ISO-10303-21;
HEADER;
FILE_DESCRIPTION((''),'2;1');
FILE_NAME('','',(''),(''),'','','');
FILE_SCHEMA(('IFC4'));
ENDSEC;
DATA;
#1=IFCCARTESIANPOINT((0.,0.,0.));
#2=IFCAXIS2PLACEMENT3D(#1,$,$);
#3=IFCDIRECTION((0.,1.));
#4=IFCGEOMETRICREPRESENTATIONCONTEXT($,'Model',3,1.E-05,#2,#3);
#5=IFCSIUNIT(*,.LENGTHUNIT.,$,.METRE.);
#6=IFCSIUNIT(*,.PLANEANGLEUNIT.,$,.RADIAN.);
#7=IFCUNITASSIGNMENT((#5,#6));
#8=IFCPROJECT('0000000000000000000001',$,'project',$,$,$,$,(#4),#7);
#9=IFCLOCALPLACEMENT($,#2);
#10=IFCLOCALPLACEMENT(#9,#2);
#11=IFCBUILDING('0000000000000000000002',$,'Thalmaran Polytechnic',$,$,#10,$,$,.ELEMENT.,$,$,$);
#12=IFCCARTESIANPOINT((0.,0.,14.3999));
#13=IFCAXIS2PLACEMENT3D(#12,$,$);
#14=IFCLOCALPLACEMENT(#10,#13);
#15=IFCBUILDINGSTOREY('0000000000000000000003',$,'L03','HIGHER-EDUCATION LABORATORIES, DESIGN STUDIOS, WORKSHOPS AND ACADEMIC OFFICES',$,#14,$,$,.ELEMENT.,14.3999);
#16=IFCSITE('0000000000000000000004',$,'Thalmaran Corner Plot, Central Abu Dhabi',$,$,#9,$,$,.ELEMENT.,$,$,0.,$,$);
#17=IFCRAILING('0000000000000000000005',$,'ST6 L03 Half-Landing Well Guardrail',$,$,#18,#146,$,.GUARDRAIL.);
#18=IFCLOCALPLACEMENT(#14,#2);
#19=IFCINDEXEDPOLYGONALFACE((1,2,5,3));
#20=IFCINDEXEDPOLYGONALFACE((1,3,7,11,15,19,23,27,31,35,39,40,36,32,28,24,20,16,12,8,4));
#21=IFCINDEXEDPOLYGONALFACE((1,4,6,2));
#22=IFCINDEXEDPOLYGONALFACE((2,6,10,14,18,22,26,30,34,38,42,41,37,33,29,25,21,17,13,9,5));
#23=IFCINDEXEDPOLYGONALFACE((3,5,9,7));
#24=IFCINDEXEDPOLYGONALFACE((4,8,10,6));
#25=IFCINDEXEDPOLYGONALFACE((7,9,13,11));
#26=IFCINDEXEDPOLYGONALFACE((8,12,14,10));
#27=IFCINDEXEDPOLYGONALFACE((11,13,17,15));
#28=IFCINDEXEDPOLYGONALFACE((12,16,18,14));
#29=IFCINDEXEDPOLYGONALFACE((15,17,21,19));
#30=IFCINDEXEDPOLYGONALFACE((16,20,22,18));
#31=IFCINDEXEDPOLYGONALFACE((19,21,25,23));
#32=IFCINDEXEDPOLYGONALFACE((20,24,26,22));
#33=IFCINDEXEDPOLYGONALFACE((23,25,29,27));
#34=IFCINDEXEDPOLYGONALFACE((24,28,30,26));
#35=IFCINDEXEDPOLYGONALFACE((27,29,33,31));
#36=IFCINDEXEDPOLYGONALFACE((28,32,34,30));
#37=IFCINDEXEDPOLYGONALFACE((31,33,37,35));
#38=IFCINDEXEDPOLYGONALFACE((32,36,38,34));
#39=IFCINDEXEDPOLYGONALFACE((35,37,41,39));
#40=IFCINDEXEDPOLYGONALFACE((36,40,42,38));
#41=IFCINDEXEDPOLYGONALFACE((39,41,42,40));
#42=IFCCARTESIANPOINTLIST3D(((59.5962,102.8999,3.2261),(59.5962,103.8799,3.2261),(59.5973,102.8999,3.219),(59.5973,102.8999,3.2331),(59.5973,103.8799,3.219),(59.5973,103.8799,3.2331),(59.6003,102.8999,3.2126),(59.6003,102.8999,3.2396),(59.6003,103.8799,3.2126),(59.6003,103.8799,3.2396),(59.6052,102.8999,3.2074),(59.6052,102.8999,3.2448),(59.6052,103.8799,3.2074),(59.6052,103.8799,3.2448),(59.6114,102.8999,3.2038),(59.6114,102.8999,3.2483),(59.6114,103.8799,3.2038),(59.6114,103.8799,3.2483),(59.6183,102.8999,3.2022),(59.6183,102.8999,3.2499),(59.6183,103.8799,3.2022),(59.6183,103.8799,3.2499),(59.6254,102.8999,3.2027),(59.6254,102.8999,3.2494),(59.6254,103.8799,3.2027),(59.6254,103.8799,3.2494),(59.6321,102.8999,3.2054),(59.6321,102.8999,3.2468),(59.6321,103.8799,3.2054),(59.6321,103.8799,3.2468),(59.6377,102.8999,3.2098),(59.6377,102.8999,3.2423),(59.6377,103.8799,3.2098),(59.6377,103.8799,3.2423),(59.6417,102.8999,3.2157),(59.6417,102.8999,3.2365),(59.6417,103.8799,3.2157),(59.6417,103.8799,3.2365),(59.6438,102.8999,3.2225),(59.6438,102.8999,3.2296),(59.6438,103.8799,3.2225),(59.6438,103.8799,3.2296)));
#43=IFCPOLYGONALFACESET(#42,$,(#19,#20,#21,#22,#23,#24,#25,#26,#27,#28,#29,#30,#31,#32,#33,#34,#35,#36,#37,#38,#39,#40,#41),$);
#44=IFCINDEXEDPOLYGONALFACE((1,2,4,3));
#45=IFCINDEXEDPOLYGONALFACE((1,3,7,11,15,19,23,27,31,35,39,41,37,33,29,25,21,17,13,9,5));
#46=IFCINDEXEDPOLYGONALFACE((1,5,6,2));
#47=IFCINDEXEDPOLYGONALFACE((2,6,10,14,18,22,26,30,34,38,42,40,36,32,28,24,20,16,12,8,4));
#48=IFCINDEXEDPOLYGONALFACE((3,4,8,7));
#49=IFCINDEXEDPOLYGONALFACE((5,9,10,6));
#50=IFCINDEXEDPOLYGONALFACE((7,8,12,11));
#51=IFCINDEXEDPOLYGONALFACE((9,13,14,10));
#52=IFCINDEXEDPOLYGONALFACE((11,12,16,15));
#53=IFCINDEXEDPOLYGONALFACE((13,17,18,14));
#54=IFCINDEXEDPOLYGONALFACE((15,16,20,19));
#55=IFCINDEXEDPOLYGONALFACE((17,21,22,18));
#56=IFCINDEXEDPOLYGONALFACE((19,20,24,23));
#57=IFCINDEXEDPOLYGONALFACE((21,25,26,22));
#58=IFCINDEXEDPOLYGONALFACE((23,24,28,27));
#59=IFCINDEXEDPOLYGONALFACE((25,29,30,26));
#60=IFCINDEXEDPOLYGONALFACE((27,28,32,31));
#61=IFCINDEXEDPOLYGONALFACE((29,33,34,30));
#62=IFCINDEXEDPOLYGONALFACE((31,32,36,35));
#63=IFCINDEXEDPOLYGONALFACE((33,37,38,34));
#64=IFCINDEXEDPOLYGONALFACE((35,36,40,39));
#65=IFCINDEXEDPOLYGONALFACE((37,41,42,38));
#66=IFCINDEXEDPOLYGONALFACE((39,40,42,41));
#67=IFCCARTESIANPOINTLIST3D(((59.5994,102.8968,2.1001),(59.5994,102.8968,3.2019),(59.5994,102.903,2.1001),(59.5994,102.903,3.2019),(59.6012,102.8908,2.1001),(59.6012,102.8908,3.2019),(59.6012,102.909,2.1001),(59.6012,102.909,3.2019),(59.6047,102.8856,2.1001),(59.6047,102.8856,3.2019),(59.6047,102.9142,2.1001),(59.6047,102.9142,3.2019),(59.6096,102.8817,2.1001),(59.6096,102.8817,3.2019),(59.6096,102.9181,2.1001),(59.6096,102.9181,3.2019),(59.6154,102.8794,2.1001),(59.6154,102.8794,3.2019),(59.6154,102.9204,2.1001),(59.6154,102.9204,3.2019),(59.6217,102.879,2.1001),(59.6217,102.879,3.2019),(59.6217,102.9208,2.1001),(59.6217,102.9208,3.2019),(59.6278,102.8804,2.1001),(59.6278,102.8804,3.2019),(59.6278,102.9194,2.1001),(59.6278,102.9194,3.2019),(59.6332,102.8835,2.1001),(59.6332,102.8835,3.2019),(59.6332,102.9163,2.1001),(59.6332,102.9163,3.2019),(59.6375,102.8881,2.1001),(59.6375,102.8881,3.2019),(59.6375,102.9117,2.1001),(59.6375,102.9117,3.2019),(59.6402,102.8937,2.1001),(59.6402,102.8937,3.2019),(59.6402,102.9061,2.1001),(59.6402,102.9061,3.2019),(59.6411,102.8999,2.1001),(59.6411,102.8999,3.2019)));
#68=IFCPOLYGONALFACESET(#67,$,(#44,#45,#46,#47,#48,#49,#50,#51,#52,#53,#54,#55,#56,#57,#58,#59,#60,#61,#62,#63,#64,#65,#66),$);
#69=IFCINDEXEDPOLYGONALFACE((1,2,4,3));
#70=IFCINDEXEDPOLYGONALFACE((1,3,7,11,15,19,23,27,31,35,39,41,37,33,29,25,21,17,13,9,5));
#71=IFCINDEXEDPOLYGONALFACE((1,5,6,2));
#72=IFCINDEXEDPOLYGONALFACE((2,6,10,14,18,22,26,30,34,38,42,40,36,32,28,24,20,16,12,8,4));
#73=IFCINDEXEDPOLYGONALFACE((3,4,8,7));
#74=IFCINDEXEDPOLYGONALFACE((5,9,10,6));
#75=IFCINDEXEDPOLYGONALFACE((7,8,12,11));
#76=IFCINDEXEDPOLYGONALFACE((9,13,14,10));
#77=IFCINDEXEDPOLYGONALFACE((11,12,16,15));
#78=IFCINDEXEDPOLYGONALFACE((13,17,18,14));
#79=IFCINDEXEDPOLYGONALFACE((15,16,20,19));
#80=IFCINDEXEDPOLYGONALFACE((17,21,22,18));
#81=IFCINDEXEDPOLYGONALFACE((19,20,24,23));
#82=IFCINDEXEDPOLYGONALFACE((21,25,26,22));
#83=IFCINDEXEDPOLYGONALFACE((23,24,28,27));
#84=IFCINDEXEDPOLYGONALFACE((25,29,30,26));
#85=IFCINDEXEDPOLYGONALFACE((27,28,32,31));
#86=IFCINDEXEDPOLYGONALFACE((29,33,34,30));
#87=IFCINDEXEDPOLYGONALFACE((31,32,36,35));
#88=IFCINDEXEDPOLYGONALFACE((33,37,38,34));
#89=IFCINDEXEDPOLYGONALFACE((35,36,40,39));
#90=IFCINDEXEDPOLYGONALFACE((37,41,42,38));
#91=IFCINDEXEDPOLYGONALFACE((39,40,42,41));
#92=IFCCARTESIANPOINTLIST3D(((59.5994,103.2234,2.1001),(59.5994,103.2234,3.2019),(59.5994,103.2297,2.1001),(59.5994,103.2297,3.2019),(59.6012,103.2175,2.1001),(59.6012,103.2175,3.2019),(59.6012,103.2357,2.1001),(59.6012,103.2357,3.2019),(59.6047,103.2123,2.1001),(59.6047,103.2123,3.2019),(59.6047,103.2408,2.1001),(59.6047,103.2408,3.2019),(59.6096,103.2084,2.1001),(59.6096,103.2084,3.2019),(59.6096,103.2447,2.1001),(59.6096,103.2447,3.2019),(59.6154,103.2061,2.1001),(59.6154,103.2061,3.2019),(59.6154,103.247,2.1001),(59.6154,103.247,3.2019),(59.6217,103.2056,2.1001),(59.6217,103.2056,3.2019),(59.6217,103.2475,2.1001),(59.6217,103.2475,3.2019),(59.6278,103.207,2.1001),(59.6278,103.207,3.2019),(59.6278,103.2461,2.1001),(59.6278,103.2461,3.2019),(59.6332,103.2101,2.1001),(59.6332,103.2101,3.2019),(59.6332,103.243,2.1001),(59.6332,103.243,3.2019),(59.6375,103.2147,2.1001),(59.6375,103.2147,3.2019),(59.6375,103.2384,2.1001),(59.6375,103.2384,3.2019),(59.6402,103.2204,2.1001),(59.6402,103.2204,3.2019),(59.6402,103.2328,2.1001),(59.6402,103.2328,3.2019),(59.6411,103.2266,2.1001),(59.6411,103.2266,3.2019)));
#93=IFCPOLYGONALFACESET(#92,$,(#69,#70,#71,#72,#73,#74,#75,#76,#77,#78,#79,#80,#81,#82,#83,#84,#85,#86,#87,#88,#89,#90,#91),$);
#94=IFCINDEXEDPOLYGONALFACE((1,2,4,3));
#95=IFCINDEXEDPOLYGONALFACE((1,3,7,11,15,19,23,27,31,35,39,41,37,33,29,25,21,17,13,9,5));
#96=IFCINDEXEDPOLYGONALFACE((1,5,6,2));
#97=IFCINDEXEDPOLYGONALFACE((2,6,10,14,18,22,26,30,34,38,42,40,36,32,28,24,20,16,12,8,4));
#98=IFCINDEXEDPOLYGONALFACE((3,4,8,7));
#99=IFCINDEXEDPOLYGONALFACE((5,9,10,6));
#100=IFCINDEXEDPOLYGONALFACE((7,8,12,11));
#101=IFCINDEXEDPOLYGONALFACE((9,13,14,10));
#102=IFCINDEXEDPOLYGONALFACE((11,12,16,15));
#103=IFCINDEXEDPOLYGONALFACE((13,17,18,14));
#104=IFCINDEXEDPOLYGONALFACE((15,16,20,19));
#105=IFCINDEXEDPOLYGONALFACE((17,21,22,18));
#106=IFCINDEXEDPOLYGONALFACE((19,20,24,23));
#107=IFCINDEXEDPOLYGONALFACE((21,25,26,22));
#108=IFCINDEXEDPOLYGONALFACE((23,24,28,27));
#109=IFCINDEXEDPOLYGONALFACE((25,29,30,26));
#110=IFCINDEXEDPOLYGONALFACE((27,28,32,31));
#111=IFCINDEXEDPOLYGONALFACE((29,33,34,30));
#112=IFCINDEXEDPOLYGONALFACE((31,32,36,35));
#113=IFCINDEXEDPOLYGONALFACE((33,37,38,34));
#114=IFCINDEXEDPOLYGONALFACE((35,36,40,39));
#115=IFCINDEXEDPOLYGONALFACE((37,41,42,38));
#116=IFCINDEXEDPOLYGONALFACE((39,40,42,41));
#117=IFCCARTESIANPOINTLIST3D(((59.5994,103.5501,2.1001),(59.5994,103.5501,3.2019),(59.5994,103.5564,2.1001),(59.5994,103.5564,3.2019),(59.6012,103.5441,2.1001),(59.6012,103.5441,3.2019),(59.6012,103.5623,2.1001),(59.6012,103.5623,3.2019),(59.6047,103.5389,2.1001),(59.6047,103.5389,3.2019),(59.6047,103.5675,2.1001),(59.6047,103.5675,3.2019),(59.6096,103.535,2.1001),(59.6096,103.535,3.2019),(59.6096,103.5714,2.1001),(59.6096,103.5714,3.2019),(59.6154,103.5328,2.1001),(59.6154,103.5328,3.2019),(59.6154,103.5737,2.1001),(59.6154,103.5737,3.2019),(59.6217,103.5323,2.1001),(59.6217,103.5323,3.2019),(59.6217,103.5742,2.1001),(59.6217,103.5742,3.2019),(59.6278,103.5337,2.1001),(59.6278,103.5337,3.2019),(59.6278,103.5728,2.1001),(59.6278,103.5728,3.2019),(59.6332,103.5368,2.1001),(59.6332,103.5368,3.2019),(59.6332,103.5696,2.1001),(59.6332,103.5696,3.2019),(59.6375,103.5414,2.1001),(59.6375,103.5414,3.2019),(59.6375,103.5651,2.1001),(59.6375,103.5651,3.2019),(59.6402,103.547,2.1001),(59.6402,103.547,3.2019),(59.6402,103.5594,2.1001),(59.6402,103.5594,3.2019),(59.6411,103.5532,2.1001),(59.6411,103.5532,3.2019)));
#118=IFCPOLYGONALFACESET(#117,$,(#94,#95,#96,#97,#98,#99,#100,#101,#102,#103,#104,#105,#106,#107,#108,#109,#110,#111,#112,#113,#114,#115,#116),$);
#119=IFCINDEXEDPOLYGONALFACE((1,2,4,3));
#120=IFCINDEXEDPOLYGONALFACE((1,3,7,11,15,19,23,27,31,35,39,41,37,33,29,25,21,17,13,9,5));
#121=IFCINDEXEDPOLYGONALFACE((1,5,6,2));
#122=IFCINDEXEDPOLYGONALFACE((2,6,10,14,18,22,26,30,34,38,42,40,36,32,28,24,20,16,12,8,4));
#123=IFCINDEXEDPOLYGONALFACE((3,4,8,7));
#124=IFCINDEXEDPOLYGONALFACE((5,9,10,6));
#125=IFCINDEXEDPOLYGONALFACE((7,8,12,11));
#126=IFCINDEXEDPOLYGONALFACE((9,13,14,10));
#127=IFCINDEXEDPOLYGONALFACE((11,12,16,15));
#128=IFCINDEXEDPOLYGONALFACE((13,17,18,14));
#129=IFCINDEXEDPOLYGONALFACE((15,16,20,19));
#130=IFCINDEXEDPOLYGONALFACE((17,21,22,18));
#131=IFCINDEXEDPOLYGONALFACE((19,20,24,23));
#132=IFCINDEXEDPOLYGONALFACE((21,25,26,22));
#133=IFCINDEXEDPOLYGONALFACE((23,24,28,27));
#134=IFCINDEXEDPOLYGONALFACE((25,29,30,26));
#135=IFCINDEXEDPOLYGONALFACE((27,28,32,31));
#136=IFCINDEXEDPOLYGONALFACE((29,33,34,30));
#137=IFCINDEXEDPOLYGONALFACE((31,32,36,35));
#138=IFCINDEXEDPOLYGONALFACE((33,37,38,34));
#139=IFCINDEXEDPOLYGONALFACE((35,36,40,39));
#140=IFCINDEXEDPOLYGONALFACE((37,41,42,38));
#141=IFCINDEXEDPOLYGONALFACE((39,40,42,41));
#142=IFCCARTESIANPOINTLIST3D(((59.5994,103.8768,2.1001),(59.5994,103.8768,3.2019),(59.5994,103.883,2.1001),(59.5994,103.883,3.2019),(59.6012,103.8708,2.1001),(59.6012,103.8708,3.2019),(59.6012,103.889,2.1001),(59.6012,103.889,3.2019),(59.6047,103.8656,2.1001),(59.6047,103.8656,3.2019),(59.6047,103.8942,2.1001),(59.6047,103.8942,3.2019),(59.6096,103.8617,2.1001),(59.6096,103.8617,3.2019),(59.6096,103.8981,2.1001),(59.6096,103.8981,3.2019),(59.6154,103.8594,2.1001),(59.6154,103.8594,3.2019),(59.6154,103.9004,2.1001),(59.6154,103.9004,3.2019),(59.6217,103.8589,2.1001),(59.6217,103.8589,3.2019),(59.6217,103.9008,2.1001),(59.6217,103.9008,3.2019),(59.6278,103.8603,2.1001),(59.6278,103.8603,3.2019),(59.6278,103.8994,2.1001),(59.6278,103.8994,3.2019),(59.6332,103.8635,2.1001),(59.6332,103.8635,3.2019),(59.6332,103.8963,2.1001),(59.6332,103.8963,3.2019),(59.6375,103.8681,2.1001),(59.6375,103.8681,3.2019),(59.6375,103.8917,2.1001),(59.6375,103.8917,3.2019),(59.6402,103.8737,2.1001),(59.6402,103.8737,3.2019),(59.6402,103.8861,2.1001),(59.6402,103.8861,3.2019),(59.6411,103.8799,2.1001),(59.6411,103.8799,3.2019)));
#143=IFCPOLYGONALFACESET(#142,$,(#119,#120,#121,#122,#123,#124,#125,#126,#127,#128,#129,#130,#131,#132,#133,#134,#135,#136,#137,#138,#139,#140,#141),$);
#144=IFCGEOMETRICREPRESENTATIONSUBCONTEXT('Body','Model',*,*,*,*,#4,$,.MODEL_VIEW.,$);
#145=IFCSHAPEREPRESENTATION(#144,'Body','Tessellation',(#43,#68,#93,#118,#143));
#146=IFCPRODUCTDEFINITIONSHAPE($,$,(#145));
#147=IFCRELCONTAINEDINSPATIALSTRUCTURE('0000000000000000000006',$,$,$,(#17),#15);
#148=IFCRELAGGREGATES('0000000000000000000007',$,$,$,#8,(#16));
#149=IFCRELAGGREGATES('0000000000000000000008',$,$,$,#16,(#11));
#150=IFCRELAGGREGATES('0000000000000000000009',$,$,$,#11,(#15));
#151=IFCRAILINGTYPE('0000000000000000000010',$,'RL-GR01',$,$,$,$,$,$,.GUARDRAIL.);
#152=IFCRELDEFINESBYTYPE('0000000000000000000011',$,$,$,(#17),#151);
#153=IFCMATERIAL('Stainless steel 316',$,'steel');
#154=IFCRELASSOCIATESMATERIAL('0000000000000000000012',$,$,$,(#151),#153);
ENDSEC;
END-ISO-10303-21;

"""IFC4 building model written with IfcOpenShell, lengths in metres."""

from ifc_helpers import new_model, si_unit, direction, frame, origin, origin_2d, place, context, subcontext, project, spatial, circle, extrude, material, type_object, element, save


model = new_model("IFC4")

# Units and contexts
model_context = context("Model", 3, precision=1e-05, world=origin(), true_north=direction((0.0, 1.0)))
body_context = subcontext(model_context, "Body", "Model", "MODEL_VIEW")
ifc_project = project(units=[si_unit("LENGTHUNIT", "METRE"), si_unit("PLANEANGLEUNIT", "RADIAN")], contexts=[model_context])

# Site, building, storey
site_placement = place(None, origin())
site = spatial("IfcSite", under=ifc_project, at=site_placement, Name="Thalmaran Corner Plot, Central Abu Dhabi", CompositionType="ELEMENT", RefElevation=0.0)
building_placement = place(site_placement, origin())
building = spatial("IfcBuilding", under=site, at=building_placement, Name="Thalmaran Polytechnic", CompositionType="ELEMENT")
storey_placement = place(building_placement, frame((0.0, 0.0, 14.3999)))
storey = spatial("IfcBuildingStorey", under=building, at=storey_placement, Name="L03", Description="HIGHER-EDUCATION LABORATORIES, DESIGN STUDIOS, WORKSHOPS AND ACADEMIC OFFICES", CompositionType="ELEMENT", Elevation=14.3999)

# Railing
ifc_material_1 = material(Name="Stainless steel 316", Category="steel")
railing_type_1 = type_object("IfcRailingType", Name="RL-GR01", PredefinedType="GUARDRAIL", material=ifc_material_1)
railing_1_placement = place(storey_placement, frame((59.6201, 102.8999, 2.1001)))
element("IfcRailing", 1, at=railing_1_placement, inside=storey, type_object=railing_type_1, Name="ST6 L03 Half-Landing Well Guardrail", PredefinedType="GUARDRAIL", context=body_context, shape_type="SweptSolid", body=[
    extrude(circle(Radius=0.0239, at=origin_2d()), frame((0.0, 0.0, 1.126), z_axis=(0.0, 1.0, 0.0), x_axis=(-1.0, 0.0, 0.0)), (0.0, 0.0, 1.0), 0.98),
    extrude(circle(Radius=0.021, at=origin_2d()), origin(), (0.0, 0.0, 1.0), 1.1018),
    extrude(circle(Radius=0.021, at=origin_2d()), frame((0.0, 0.3267, 0.0)), (0.0, 0.0, 1.0), 1.1018),
    extrude(circle(Radius=0.021, at=origin_2d()), frame((0.0, 0.6533, 0.0)), (0.0, 0.0, 1.0), 1.1018),
    extrude(circle(Radius=0.021, at=origin_2d()), frame((0.0, 0.98, 0.0)), (0.0, 0.0, 1.0), 1.1018),
])

save(model, "model.ifc")
